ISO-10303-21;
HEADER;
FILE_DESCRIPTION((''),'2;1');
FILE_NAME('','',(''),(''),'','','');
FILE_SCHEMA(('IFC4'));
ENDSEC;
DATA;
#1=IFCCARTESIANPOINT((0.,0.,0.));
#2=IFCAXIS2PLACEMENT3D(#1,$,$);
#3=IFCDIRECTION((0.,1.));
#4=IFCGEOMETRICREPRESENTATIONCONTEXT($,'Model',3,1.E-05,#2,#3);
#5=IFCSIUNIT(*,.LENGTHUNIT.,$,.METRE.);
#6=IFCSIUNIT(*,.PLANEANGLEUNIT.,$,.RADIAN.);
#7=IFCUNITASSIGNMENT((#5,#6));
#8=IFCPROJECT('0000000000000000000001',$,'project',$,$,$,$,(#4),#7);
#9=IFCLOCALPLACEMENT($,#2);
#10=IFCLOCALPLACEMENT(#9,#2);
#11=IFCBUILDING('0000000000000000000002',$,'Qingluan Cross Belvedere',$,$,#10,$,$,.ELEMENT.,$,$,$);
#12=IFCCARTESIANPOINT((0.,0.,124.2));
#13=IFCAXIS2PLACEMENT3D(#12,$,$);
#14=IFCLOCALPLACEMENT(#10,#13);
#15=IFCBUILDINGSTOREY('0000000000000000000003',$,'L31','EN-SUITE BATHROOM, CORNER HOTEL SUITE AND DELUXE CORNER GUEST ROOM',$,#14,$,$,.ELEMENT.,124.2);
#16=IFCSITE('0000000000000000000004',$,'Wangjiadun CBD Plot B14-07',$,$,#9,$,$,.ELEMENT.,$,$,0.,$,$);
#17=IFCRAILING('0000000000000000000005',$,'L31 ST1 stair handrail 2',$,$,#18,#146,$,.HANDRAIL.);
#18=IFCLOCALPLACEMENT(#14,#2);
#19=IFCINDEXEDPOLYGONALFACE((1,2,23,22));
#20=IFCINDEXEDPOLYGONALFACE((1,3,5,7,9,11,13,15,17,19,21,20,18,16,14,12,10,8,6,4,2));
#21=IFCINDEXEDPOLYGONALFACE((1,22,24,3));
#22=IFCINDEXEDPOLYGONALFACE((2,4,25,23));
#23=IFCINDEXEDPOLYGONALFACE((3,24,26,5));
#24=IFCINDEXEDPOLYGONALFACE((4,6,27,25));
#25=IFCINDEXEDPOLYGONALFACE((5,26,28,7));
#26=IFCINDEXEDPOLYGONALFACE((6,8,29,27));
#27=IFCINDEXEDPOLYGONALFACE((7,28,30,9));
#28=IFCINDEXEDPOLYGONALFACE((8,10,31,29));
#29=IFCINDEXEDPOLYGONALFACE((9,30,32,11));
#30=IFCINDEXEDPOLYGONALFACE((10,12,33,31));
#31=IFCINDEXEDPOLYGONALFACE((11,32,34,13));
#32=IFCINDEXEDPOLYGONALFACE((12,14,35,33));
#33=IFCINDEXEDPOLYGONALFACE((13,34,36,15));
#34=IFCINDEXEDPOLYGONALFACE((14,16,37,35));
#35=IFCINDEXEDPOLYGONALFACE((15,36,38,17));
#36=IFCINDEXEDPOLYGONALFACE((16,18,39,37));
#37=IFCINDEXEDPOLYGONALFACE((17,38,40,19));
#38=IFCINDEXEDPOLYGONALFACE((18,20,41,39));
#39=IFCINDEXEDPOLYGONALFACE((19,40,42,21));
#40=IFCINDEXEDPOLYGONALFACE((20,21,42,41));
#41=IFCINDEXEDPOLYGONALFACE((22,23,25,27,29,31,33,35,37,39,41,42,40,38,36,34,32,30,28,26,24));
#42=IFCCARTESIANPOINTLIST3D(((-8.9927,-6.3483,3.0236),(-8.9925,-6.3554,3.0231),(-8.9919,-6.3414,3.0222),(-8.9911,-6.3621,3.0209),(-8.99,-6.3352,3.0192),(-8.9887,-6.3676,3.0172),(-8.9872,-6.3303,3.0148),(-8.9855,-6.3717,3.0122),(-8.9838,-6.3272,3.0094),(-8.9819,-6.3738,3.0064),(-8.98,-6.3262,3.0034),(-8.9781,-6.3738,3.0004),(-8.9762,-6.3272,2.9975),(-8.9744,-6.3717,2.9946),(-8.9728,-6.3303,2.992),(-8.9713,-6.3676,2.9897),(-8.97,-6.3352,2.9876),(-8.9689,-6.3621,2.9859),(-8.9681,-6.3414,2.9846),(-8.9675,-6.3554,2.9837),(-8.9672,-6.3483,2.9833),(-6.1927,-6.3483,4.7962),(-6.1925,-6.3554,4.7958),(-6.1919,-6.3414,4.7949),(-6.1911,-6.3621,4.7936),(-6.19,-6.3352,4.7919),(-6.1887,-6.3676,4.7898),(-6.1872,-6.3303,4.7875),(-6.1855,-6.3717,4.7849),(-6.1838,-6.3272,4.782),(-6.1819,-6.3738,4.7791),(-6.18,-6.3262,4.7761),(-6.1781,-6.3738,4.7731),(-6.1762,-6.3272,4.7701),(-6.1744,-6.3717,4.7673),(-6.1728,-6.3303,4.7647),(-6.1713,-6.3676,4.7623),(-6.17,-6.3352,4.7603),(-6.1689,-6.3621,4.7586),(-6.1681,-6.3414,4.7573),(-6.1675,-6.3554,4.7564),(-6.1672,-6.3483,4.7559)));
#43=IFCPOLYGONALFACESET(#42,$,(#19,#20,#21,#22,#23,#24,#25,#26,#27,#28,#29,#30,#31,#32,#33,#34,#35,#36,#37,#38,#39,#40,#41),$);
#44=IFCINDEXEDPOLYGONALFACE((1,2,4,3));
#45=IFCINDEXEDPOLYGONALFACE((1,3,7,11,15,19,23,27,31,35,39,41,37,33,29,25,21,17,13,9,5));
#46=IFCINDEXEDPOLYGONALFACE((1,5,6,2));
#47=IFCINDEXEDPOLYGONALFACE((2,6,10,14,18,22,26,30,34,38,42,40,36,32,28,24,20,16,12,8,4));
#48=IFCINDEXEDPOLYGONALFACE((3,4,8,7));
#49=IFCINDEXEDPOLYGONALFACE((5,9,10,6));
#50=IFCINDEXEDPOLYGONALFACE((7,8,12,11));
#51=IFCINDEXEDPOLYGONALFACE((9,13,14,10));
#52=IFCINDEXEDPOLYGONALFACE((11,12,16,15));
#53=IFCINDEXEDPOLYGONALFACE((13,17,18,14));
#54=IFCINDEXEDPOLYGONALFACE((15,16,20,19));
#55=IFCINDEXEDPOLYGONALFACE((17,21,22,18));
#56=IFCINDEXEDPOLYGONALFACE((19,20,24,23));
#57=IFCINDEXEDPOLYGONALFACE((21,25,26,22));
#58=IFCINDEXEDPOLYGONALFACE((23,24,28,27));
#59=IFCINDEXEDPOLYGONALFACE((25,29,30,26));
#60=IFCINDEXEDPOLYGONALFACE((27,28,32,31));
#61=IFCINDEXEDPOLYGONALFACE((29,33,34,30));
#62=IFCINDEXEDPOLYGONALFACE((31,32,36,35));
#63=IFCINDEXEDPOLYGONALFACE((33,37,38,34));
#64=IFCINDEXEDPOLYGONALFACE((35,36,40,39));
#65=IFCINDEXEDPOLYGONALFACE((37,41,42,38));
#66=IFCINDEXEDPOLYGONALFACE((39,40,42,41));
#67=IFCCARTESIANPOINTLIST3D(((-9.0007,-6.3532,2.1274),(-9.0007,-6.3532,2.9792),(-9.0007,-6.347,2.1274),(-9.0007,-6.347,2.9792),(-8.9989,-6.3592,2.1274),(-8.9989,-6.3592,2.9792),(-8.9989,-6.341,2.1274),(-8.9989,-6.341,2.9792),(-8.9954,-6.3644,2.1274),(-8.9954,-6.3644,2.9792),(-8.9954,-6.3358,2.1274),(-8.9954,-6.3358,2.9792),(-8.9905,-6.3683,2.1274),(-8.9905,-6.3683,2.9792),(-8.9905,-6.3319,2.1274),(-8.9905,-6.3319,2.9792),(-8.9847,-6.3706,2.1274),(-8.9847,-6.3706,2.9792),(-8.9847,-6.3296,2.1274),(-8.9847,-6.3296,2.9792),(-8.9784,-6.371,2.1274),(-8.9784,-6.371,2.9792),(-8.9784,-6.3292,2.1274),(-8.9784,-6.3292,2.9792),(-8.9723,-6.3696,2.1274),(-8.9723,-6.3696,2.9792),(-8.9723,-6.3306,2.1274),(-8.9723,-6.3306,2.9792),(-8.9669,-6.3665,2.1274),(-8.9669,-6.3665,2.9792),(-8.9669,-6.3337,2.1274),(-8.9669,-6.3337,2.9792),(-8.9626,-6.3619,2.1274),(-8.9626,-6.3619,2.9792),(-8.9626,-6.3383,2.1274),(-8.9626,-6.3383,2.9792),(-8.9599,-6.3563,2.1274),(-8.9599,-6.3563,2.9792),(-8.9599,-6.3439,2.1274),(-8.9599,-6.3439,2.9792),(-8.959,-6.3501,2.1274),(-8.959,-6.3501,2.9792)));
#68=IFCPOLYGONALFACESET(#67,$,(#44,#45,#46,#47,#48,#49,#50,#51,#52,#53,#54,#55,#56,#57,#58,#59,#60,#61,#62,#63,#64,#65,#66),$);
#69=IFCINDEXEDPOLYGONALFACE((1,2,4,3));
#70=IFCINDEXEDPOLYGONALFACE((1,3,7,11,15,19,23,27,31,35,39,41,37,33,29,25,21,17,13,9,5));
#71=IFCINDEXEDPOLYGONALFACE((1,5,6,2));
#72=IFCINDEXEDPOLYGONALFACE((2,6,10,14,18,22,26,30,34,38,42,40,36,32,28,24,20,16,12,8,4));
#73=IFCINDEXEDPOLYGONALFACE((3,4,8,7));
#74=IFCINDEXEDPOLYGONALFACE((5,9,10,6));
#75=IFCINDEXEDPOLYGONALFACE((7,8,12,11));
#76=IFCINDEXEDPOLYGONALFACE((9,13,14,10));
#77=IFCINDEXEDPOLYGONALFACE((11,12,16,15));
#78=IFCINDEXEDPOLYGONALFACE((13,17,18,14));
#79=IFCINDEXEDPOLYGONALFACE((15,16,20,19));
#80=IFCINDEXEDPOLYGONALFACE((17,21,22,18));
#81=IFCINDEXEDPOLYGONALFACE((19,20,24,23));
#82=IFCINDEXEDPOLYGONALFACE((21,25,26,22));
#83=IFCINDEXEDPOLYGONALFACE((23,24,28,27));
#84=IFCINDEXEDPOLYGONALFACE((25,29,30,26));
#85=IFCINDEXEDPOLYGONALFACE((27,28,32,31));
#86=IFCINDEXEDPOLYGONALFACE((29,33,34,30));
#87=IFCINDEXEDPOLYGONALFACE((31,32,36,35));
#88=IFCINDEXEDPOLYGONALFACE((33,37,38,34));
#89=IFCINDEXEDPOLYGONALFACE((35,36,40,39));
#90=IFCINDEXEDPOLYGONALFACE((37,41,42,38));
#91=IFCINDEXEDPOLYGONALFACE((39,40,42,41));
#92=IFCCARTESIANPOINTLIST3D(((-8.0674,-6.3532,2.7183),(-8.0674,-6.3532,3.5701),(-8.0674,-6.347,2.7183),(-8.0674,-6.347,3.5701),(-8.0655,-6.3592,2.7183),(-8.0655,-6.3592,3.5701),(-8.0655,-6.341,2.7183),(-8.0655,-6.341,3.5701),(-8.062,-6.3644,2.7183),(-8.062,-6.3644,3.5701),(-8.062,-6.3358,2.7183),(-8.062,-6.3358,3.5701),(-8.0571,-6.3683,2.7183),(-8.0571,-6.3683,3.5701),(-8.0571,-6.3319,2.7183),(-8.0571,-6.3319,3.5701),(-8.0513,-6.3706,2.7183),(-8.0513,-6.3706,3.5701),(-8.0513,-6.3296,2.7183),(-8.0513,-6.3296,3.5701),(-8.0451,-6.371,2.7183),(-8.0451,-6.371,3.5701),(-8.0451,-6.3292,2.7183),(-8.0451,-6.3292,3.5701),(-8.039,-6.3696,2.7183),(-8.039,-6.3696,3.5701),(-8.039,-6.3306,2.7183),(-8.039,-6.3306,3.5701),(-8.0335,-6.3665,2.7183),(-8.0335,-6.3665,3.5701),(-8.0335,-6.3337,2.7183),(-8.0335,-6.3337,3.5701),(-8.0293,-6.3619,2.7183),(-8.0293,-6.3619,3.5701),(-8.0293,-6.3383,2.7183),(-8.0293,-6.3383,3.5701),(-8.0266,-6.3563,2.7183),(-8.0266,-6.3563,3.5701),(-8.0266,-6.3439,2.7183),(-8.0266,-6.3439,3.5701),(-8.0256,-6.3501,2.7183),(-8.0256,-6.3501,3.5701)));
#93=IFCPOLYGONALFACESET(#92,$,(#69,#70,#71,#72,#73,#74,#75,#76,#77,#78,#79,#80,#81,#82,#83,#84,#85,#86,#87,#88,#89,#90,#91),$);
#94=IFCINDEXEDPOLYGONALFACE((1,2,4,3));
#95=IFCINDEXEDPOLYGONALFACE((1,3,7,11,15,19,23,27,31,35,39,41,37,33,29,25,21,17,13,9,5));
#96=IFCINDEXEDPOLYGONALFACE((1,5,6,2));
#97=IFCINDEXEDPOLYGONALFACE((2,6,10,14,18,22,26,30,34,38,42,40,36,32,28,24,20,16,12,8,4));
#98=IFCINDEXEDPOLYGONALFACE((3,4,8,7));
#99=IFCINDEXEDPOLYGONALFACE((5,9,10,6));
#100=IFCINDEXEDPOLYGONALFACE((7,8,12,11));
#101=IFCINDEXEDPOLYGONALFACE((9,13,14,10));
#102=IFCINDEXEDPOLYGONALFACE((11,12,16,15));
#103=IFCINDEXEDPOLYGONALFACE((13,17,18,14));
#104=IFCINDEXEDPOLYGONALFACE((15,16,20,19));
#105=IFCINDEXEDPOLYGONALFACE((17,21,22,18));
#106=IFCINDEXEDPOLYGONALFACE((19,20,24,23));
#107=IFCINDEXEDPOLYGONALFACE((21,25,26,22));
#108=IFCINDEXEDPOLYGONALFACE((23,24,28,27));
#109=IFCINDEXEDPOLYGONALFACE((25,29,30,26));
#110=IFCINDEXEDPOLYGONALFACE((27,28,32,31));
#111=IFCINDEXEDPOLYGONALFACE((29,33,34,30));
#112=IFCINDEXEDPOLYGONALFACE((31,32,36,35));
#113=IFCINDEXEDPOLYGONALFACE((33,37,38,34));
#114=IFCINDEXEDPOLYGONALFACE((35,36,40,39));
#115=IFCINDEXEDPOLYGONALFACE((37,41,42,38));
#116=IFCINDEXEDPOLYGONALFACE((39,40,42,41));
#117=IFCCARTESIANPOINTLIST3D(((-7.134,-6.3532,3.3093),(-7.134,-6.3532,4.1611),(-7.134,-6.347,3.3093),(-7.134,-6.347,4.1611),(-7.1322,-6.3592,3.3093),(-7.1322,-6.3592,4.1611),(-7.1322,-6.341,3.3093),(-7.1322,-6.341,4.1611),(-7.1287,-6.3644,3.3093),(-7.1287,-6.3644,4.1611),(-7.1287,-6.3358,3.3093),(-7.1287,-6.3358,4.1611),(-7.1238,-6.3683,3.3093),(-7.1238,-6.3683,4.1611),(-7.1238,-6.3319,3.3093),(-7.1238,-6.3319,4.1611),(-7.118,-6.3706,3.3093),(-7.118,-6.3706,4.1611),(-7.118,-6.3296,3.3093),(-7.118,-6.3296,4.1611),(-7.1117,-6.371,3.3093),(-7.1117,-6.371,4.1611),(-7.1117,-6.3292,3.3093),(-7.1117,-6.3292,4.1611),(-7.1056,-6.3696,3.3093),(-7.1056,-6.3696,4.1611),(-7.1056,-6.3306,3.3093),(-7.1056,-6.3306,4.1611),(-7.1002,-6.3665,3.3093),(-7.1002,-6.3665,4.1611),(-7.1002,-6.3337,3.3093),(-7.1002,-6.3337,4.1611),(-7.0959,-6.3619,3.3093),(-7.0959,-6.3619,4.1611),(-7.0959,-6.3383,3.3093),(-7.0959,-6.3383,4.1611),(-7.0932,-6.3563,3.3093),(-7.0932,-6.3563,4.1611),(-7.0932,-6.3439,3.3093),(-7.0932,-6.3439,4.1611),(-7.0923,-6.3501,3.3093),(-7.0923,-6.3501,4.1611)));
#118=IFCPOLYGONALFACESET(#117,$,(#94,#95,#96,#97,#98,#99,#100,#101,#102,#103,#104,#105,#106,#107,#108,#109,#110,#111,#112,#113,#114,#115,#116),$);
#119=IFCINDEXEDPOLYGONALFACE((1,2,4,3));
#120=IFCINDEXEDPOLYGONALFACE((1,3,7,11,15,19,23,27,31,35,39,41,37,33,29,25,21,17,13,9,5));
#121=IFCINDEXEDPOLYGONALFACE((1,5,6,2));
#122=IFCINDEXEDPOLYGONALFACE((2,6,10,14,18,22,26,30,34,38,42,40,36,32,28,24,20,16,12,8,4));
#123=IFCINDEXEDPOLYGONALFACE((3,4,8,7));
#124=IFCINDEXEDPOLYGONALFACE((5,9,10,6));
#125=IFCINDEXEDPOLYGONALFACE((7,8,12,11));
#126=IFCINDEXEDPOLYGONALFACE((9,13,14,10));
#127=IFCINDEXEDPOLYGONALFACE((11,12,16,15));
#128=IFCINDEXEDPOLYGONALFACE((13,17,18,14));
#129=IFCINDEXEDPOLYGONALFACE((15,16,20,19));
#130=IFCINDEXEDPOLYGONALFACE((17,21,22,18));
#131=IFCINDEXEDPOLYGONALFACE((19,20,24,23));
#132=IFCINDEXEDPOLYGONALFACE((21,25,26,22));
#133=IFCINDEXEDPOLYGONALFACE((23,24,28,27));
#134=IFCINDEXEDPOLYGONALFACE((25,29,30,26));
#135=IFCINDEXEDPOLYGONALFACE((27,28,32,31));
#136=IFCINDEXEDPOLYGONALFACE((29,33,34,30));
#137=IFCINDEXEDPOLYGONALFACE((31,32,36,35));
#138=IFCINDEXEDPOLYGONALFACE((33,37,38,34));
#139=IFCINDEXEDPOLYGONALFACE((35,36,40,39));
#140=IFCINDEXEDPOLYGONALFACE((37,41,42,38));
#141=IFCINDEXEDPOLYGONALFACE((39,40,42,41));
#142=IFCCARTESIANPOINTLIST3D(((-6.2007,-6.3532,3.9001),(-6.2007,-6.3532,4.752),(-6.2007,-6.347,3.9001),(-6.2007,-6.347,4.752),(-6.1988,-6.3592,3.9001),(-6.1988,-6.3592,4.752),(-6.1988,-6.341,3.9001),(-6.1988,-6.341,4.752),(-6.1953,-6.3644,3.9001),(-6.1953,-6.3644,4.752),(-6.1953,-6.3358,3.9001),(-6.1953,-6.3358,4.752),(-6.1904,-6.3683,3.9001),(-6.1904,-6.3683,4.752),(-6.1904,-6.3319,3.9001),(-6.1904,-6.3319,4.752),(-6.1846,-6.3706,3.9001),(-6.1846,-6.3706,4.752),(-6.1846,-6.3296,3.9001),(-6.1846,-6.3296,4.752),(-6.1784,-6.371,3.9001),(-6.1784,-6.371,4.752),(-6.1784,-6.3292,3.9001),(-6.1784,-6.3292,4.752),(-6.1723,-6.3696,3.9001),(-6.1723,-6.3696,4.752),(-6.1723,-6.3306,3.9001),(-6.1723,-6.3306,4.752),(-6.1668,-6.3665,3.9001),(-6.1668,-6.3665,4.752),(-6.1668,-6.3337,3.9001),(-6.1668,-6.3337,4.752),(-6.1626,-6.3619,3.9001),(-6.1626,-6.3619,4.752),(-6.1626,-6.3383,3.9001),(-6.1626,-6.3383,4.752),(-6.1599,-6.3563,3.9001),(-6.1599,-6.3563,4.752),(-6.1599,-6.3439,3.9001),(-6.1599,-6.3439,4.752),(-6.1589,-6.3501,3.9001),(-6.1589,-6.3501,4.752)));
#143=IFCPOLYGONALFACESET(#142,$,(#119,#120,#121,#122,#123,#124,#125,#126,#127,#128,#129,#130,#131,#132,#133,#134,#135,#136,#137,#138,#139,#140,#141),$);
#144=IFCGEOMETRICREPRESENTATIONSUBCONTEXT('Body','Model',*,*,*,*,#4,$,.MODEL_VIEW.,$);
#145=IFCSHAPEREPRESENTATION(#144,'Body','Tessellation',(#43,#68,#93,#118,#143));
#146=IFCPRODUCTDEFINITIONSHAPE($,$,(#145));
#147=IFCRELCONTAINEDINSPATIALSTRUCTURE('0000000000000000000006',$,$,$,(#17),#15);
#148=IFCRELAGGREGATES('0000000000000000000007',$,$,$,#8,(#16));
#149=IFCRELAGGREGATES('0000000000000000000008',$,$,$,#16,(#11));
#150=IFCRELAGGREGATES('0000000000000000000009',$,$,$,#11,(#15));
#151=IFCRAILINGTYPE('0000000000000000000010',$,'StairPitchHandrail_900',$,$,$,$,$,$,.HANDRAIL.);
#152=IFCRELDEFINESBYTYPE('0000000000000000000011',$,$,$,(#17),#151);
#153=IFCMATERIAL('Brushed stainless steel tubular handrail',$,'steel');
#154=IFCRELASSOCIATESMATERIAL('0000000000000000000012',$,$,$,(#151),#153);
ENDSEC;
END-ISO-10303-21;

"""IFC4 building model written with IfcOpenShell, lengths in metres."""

from ifc_helpers import new_model, si_unit, direction, frame, origin, origin_2d, place, context, subcontext, project, spatial, circle, extrude, material, type_object, element, save


model = new_model("IFC4")

# Units and contexts
model_context = context("Model", 3, precision=1e-05, world=origin(), true_north=direction((0.0, 1.0)))
body_context = subcontext(model_context, "Body", "Model", "MODEL_VIEW")
ifc_project = project(units=[si_unit("LENGTHUNIT", "METRE"), si_unit("PLANEANGLEUNIT", "RADIAN")], contexts=[model_context])

# Site, building, storey
site_placement = place(None, origin())
site = spatial("IfcSite", under=ifc_project, at=site_placement, Name="Wangjiadun CBD Plot B14-07", CompositionType="ELEMENT", RefElevation=0.0)
building_placement = place(site_placement, origin())
building = spatial("IfcBuilding", under=site, at=building_placement, Name="Qingluan Cross Belvedere", CompositionType="ELEMENT")
storey_placement = place(building_placement, frame((0.0, 0.0, 124.2)))
storey = spatial("IfcBuildingStorey", under=building, at=storey_placement, Name="L31", Description="EN-SUITE BATHROOM, CORNER HOTEL SUITE AND DELUXE CORNER GUEST ROOM", CompositionType="ELEMENT", Elevation=124.2)

# Railing
ifc_material_1 = material(Name="Brushed stainless steel tubular handrail", Category="steel")
railing_type_1 = type_object("IfcRailingType", Name="StairPitchHandrail_900", PredefinedType="HANDRAIL", material=ifc_material_1)
railing_1_placement = place(storey_placement, frame((-8.98, -6.3501, 2.1274)))
element("IfcRailing", 1, at=railing_1_placement, inside=storey, type_object=railing_type_1, Name="L31 ST1 stair handrail 2", PredefinedType="HANDRAIL", context=body_context, shape_type="SweptSolid", body=[
    extrude(circle(Radius=0.0239, at=origin_2d()), frame((0.0, 0.0, 0.876), z_axis=(0.844909, 0.0, 0.53491), x_axis=(0.0, 1.0, 0.0)), (0.0, 0.0, 1.0), 3.314),
    extrude(circle(Radius=0.021, at=origin_2d()), origin(), (0.0, 0.0, 1.0), 0.8518),
    extrude(circle(Radius=0.021, at=origin_2d()), frame((0.9333, 0.0, 0.5908)), (0.0, 0.0, 1.0), 0.8518),
    extrude(circle(Radius=0.021, at=origin_2d()), frame((1.8667, 0.0, 1.1819)), (0.0, 0.0, 1.0), 0.8518),
    extrude(circle(Radius=0.021, at=origin_2d()), frame((2.8, 0.0, 1.7727)), (0.0, 0.0, 1.0), 0.8518),
])

save(model, "model.ifc")
